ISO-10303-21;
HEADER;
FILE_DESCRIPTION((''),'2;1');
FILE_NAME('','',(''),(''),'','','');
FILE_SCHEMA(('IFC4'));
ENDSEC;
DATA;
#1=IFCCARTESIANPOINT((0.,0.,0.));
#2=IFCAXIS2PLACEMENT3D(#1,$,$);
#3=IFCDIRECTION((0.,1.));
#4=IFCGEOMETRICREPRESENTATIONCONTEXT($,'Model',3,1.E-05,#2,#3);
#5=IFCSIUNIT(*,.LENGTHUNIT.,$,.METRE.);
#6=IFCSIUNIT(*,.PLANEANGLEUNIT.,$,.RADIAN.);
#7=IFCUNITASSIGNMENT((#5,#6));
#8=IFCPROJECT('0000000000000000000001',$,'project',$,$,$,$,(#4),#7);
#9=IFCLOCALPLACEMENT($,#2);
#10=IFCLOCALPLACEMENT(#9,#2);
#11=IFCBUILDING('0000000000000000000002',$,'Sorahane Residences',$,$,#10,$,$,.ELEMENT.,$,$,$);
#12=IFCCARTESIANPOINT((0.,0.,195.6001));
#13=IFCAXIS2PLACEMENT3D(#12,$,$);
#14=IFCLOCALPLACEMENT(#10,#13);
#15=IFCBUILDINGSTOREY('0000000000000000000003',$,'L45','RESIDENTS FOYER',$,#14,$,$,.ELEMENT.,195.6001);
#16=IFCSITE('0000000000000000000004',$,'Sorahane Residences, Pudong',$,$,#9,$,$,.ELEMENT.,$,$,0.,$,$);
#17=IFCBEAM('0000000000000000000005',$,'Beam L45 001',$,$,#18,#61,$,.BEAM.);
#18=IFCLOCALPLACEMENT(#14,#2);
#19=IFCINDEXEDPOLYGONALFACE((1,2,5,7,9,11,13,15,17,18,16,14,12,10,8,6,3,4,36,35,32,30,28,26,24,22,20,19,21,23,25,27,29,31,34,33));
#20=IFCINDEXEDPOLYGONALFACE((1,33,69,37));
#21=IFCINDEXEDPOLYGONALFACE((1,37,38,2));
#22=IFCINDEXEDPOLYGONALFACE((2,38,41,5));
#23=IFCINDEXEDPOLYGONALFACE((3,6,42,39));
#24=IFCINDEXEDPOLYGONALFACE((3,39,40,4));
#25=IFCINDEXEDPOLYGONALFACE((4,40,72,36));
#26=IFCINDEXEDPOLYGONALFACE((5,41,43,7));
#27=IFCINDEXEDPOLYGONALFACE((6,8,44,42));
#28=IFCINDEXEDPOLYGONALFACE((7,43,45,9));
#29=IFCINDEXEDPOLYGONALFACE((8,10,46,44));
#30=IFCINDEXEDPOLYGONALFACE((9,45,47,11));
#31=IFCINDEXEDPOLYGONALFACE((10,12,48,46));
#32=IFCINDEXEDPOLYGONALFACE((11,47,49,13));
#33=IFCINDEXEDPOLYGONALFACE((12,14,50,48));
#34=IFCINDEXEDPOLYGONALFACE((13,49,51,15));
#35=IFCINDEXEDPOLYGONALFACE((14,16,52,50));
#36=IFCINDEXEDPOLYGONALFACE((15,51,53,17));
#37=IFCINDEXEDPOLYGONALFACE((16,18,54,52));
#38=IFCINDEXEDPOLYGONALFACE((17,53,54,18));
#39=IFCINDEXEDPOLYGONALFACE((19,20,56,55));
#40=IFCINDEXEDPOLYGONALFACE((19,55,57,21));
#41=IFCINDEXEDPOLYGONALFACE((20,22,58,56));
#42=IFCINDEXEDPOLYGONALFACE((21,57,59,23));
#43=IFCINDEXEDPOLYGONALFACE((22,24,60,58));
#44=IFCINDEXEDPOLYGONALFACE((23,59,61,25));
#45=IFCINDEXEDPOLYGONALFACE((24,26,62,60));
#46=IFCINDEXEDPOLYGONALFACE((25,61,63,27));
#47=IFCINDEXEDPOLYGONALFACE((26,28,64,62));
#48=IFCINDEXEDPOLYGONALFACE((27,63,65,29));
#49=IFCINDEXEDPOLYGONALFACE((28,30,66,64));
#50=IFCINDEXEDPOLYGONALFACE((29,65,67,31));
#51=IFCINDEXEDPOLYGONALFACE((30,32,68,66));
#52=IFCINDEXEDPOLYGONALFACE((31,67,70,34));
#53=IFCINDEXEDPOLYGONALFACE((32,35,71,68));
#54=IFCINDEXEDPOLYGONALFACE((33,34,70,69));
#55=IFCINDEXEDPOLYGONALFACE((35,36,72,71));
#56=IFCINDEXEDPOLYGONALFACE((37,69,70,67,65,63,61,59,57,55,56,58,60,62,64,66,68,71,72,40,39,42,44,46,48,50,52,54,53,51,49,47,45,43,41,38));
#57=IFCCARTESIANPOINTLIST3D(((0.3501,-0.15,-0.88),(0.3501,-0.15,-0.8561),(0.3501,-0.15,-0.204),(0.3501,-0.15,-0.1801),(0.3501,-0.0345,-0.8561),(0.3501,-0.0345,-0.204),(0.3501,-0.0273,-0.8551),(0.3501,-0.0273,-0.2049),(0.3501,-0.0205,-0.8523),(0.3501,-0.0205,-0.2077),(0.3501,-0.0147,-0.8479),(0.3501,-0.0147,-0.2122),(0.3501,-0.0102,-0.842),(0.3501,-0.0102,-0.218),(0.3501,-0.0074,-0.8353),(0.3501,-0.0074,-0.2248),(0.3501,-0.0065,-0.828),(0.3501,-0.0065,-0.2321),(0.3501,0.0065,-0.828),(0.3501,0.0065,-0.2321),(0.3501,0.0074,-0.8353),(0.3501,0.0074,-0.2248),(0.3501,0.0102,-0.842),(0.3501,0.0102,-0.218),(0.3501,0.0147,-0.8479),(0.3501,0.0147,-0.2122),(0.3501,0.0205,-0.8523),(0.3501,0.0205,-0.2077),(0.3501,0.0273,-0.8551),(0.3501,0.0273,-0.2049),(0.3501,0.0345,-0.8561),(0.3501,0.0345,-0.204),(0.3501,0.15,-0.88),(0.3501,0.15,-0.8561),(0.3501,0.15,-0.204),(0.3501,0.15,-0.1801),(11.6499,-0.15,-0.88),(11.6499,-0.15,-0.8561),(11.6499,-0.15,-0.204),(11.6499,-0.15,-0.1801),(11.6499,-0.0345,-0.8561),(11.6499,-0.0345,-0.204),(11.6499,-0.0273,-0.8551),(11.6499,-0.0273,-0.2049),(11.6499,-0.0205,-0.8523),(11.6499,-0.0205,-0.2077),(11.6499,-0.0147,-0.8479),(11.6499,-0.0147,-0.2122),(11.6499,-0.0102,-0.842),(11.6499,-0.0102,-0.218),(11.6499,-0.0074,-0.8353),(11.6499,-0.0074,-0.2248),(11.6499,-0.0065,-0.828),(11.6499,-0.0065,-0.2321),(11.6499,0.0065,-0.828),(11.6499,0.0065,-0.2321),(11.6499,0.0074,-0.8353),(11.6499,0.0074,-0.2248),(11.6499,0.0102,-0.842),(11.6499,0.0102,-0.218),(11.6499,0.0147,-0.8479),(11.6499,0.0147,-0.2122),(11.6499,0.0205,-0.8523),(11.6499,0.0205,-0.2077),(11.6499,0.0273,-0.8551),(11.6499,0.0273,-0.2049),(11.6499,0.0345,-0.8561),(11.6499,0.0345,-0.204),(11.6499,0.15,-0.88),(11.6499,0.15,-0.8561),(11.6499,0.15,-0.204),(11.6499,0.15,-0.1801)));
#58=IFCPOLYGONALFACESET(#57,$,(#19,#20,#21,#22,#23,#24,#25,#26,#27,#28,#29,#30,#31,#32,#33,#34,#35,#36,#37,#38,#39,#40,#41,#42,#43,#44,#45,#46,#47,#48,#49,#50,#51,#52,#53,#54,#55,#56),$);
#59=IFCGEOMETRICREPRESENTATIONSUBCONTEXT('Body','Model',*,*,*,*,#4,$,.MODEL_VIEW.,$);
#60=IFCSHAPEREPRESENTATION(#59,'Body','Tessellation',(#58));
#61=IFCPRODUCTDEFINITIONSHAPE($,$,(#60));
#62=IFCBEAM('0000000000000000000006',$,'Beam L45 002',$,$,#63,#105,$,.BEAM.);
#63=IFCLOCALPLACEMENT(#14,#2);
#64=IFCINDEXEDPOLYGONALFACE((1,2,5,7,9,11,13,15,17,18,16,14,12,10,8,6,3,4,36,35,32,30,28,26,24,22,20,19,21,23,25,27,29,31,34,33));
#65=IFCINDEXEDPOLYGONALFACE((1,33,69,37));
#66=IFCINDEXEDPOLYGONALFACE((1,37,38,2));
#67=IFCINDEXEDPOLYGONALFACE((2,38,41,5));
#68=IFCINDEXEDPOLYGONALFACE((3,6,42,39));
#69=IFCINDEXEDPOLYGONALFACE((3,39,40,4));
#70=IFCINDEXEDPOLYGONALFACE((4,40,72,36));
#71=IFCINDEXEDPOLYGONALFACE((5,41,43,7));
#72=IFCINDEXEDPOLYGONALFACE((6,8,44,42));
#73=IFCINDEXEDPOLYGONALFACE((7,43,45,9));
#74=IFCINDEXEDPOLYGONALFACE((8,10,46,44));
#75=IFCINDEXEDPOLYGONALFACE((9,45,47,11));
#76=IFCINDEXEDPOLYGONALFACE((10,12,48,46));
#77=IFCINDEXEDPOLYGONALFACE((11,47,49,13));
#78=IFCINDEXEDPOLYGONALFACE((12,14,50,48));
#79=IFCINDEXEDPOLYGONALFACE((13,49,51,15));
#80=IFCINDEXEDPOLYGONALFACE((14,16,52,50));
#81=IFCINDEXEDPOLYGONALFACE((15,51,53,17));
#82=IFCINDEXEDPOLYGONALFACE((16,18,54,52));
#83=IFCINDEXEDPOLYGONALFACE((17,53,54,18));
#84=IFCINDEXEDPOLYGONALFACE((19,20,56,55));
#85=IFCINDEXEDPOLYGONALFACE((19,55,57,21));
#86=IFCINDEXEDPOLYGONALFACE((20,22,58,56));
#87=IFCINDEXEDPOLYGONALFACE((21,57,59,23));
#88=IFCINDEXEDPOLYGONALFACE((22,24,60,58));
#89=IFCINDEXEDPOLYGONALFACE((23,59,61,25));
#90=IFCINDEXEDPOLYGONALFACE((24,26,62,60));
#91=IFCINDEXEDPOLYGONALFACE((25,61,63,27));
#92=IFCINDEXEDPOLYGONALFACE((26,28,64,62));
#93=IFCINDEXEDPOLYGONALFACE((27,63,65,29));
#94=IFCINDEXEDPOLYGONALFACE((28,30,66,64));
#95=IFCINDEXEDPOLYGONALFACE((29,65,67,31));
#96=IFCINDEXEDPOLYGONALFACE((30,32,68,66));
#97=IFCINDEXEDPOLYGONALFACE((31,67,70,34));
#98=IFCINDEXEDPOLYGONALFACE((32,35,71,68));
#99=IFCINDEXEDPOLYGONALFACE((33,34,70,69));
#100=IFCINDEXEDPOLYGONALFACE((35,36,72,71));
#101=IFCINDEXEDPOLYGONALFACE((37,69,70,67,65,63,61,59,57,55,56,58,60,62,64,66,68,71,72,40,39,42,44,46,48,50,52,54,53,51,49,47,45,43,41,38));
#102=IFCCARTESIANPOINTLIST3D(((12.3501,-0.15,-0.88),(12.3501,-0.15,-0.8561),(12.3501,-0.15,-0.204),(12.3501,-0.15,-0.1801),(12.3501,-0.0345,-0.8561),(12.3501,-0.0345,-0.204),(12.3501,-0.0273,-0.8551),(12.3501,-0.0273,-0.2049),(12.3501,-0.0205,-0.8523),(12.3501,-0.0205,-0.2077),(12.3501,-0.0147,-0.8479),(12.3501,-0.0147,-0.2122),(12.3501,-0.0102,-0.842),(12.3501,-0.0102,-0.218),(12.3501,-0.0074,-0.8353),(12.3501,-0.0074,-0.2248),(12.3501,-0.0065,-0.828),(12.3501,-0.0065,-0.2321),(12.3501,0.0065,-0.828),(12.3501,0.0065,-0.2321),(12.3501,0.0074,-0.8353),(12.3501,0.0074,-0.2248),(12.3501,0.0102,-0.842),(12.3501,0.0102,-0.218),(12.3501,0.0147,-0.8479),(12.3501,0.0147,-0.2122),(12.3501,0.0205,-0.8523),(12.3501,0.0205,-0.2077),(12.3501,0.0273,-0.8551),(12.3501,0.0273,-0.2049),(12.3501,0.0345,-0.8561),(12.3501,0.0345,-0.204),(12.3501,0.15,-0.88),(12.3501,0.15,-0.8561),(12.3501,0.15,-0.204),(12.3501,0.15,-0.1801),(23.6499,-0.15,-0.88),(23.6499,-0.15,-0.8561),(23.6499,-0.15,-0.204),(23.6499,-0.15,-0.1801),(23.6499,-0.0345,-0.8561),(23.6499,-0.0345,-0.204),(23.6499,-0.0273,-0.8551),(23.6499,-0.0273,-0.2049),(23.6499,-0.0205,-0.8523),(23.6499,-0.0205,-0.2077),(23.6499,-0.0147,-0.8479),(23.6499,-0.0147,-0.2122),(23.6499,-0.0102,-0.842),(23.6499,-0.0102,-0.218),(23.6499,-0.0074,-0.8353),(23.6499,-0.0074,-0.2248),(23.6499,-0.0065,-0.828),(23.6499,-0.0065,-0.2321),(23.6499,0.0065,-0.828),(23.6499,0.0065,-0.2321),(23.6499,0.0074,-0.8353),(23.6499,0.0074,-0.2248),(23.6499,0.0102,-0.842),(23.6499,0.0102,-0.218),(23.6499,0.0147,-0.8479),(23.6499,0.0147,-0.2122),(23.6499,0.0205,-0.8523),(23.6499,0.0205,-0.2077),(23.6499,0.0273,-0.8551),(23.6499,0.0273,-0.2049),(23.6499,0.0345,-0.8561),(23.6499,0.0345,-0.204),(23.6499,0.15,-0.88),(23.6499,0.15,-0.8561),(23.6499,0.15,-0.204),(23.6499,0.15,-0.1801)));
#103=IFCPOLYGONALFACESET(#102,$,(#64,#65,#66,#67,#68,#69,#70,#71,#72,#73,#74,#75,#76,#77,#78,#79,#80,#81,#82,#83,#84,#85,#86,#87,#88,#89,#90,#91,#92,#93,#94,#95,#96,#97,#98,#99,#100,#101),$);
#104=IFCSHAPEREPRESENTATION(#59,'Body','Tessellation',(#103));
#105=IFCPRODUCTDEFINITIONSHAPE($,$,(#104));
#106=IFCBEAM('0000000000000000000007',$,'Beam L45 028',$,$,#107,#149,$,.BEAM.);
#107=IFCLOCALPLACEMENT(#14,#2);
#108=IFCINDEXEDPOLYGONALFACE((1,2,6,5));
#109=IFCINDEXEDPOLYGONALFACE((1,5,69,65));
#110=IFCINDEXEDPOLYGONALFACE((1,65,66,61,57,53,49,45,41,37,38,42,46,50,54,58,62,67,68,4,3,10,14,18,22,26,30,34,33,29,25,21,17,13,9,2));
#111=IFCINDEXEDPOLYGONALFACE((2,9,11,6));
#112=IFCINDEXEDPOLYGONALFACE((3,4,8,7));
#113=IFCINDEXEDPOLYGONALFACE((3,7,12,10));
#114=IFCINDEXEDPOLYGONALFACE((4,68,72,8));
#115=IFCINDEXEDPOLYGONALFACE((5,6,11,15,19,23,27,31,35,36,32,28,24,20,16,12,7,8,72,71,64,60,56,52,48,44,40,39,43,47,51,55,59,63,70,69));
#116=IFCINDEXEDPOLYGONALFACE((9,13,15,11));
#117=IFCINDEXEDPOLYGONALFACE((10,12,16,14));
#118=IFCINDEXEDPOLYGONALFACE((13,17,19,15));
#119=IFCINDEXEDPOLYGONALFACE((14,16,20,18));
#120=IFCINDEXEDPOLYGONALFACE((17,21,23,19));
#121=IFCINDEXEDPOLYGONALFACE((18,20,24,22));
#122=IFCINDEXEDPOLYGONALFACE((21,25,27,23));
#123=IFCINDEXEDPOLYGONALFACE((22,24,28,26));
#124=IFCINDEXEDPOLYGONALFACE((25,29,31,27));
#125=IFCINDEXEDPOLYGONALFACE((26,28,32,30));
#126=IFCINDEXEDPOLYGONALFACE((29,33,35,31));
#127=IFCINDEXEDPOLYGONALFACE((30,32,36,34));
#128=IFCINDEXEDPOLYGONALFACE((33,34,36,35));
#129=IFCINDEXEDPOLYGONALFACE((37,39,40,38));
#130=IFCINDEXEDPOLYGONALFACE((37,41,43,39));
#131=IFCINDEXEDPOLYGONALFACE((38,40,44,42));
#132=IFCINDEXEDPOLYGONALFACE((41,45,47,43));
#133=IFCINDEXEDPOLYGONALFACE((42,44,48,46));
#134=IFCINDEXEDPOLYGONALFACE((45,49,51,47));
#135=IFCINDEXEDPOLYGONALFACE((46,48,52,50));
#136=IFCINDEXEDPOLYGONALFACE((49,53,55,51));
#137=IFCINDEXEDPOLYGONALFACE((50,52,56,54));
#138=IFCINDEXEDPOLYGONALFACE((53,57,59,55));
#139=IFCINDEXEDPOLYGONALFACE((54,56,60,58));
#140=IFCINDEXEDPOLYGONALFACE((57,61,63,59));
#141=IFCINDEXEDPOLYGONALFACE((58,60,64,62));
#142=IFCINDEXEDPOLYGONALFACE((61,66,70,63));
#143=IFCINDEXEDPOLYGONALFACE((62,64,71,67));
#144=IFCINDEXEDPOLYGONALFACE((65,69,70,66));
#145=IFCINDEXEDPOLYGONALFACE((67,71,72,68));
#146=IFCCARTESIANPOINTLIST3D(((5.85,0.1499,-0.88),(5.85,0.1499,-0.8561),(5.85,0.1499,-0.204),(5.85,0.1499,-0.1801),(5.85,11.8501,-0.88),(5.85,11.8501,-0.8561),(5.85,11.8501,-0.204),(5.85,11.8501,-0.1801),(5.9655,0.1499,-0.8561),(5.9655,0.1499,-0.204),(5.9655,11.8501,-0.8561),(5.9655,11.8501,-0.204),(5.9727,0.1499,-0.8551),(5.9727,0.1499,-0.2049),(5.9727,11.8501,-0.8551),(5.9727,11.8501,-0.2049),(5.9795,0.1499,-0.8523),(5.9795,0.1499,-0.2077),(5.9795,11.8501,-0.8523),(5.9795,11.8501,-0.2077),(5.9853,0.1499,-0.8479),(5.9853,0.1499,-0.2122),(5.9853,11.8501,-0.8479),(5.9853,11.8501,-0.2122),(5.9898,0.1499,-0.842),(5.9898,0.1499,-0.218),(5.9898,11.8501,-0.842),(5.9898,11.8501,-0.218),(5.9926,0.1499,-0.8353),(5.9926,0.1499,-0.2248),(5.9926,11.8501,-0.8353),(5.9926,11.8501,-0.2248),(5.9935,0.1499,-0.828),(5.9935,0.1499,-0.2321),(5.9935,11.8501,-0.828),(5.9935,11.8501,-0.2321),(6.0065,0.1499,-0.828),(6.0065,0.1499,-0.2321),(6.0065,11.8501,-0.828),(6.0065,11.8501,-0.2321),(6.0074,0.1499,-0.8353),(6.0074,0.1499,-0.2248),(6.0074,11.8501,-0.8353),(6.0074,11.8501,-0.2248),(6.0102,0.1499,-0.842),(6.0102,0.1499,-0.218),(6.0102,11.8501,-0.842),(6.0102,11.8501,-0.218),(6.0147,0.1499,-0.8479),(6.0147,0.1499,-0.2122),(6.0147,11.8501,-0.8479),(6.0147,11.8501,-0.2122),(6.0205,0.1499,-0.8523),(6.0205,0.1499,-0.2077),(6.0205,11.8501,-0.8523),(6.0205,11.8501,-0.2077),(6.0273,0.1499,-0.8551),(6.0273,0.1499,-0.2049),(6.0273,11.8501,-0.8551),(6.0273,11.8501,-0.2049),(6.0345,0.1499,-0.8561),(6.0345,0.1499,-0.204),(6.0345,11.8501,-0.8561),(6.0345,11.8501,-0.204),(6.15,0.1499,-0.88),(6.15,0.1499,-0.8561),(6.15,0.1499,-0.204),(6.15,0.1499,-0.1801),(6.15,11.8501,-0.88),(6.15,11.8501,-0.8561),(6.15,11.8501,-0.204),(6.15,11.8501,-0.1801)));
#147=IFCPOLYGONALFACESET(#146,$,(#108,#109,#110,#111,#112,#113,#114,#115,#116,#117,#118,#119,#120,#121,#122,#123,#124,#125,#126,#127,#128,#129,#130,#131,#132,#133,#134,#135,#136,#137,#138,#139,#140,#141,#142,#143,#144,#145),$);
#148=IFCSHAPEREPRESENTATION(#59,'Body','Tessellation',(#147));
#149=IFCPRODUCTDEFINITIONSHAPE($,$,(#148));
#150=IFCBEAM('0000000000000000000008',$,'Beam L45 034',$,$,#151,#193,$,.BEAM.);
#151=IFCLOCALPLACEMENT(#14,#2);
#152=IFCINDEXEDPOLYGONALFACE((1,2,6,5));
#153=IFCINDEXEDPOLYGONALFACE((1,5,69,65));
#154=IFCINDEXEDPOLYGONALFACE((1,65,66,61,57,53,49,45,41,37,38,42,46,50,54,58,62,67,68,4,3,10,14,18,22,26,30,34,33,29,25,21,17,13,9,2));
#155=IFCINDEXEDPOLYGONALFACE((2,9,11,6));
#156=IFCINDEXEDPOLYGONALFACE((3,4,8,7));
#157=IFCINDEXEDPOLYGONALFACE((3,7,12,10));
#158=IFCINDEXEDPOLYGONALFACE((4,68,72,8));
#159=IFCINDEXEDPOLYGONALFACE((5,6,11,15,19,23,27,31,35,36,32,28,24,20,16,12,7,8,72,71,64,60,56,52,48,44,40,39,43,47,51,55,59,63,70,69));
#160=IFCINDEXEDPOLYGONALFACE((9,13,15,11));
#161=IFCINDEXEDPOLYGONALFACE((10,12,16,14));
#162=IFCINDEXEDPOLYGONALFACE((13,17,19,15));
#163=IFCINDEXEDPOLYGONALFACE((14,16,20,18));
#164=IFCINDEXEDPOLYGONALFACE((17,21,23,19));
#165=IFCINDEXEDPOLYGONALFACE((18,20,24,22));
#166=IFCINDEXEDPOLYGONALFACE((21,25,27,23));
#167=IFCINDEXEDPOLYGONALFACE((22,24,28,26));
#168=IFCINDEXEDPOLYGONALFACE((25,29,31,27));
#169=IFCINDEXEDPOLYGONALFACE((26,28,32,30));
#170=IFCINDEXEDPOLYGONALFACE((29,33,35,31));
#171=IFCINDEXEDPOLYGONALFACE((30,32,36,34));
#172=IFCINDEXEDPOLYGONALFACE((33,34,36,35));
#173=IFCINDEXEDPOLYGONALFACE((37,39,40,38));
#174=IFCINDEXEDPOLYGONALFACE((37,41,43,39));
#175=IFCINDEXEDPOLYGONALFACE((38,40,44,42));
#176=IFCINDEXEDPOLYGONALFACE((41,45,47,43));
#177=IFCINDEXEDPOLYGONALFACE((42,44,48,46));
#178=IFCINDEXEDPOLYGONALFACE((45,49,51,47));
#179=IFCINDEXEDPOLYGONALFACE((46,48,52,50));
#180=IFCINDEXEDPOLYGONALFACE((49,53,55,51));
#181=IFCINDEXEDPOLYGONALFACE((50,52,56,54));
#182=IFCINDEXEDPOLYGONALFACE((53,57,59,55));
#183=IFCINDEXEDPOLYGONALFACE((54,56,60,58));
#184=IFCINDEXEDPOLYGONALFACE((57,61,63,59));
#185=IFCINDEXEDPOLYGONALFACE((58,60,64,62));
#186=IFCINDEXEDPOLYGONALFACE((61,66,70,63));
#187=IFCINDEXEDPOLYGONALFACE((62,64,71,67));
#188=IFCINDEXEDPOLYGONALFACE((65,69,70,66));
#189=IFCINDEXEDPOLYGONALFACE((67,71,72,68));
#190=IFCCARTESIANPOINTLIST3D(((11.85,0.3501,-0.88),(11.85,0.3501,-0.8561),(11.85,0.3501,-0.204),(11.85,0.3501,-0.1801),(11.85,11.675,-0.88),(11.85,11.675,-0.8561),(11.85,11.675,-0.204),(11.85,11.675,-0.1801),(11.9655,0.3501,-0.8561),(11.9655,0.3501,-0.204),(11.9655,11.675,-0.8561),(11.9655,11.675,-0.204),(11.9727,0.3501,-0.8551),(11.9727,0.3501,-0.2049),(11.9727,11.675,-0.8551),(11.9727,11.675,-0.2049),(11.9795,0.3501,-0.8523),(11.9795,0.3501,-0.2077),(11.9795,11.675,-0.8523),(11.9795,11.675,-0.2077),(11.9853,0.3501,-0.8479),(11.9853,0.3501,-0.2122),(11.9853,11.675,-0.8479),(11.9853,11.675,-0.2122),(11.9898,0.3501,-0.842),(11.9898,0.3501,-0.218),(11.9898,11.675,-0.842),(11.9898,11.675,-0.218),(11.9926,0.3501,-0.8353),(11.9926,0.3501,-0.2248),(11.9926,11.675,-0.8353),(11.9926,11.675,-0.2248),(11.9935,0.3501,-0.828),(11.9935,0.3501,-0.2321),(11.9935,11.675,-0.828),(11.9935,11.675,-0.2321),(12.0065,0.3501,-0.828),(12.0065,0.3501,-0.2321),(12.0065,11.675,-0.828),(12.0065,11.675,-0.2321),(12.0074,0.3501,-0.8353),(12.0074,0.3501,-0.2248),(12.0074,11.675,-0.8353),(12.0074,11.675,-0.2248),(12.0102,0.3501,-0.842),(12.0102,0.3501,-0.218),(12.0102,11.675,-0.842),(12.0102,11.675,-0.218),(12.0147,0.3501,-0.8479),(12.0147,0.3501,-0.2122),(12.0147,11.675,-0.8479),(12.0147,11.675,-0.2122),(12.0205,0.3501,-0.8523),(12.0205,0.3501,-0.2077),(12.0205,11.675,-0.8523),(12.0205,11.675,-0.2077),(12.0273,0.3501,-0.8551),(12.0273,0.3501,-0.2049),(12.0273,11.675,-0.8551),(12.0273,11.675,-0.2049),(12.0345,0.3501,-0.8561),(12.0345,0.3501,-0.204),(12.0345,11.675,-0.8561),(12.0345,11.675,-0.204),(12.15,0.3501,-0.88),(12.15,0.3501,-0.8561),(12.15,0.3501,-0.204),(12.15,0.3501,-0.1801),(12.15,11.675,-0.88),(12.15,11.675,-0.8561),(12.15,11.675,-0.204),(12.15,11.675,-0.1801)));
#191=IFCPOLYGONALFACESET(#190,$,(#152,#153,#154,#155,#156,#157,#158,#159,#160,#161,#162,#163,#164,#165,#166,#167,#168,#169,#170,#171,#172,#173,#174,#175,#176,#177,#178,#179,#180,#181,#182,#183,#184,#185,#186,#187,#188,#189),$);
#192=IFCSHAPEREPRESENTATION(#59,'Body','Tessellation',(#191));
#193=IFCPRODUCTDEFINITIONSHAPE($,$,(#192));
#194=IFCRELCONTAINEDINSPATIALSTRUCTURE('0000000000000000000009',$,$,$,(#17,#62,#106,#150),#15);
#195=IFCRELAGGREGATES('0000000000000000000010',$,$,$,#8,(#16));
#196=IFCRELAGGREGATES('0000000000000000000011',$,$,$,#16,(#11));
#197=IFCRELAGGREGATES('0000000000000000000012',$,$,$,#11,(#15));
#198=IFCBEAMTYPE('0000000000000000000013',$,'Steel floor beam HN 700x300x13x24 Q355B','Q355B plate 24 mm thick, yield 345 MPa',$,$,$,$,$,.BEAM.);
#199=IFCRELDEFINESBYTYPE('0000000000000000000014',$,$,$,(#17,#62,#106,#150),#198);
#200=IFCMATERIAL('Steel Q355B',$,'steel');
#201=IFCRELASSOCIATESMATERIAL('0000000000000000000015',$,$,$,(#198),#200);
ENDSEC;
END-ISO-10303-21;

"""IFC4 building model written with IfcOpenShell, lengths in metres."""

from ifc_helpers import new_model, si_unit, direction, frame, origin, origin_2d, place, context, subcontext, project, spatial, i_section, extrude, material, material_profile, profile_set, type_object, element, save


model = new_model("IFC4")

# Units and contexts
model_context = context("Model", 3, precision=1e-05, world=origin(), true_north=direction((0.0, 1.0)))
body_context = subcontext(model_context, "Body", "Model", "MODEL_VIEW")
ifc_project = project(units=[si_unit("LENGTHUNIT", "METRE"), si_unit("PLANEANGLEUNIT", "RADIAN")], contexts=[model_context])

# Site, building, storey
site_placement = place(None, origin())
site = spatial("IfcSite", under=ifc_project, at=site_placement, Name="Sorahane Residences, Pudong", CompositionType="ELEMENT", RefElevation=0.0)
building_placement = place(site_placement, origin())
building = spatial("IfcBuilding", under=site, at=building_placement, Name="Sorahane Residences", CompositionType="ELEMENT")
storey_placement = place(building_placement, frame((0.0, 0.0, 195.6001)))
storey = spatial("IfcBuildingStorey", under=building, at=storey_placement, Name="L45", Description="RESIDENTS FOYER", CompositionType="ELEMENT", Elevation=195.6001)

# Beams
ifc_material_1 = material(Name="Steel Q355B", Category="steel")
ifc_material_profile_1 = material_profile(ifc_material_1, i_section(OverallWidth=0.3, OverallDepth=0.7, WebThickness=0.0129, FlangeThickness=0.0239, FilletRadius=0.0281, at=origin_2d()), Name="HN 700x300x13x24")
ifc_profile_set_1 = profile_set([ifc_material_profile_1], Name="Steel Q355B")
beam_type_1 = type_object("IfcBeamType", Name="Steel floor beam HN 700x300x13x24 Q355B", Description="Q355B plate 24 mm thick, yield 345 MPa", PredefinedType="BEAM", material=ifc_profile_set_1)
for number, where, z_axis, x_axis, name in (
    (1, (0.3501, 0.0, -0.53), (1.0, 0.0, 0.0), (0.0, 1.0, 0.0), "Beam L45 001"),
    (2, (12.3501, 0.0, -0.53), (1.0, 0.0, 0.0), (0.0, 1.0, 0.0), "Beam L45 002"),
):
    element("IfcBeam", number, at=place(storey_placement, frame(where, z_axis=z_axis, x_axis=x_axis)), inside=storey, type_object=beam_type_1, Name=name, PredefinedType="BEAM", context=body_context, shape_type="SweptSolid", body=[
        extrude(i_section(OverallWidth=0.3, OverallDepth=0.7, WebThickness=0.0129, FlangeThickness=0.0239, FilletRadius=0.0281, at=origin_2d()), origin(), (0.0, 0.0, 1.0), 11.2998),
    ])
beam_1_placement = place(storey_placement, frame((6.0, 0.1499, -0.53), z_axis=(0.0, 1.0, 0.0), x_axis=(-1.0, 0.0, 0.0)))
element("IfcBeam", 3, at=beam_1_placement, inside=storey, type_object=beam_type_1, Name="Beam L45 028", PredefinedType="BEAM", context=body_context, shape_type="SweptSolid", body=[
    extrude(i_section(OverallWidth=0.3, OverallDepth=0.7, WebThickness=0.0129, FlangeThickness=0.0239, FilletRadius=0.0281, at=origin_2d()), origin(), (0.0, 0.0, 1.0), 11.7002),
])
beam_2_placement = place(storey_placement, frame((12.0, 0.3501, -0.53), z_axis=(0.0, 1.0, 0.0), x_axis=(-1.0, 0.0, 0.0)))
element("IfcBeam", 4, at=beam_2_placement, inside=storey, type_object=beam_type_1, Name="Beam L45 034", PredefinedType="BEAM", context=body_context, shape_type="SweptSolid", body=[
    extrude(i_section(OverallWidth=0.3, OverallDepth=0.7, WebThickness=0.0129, FlangeThickness=0.0239, FilletRadius=0.0281, at=origin_2d()), origin(), (0.0, 0.0, 1.0), 11.325),
])

save(model, "model.ifc")
